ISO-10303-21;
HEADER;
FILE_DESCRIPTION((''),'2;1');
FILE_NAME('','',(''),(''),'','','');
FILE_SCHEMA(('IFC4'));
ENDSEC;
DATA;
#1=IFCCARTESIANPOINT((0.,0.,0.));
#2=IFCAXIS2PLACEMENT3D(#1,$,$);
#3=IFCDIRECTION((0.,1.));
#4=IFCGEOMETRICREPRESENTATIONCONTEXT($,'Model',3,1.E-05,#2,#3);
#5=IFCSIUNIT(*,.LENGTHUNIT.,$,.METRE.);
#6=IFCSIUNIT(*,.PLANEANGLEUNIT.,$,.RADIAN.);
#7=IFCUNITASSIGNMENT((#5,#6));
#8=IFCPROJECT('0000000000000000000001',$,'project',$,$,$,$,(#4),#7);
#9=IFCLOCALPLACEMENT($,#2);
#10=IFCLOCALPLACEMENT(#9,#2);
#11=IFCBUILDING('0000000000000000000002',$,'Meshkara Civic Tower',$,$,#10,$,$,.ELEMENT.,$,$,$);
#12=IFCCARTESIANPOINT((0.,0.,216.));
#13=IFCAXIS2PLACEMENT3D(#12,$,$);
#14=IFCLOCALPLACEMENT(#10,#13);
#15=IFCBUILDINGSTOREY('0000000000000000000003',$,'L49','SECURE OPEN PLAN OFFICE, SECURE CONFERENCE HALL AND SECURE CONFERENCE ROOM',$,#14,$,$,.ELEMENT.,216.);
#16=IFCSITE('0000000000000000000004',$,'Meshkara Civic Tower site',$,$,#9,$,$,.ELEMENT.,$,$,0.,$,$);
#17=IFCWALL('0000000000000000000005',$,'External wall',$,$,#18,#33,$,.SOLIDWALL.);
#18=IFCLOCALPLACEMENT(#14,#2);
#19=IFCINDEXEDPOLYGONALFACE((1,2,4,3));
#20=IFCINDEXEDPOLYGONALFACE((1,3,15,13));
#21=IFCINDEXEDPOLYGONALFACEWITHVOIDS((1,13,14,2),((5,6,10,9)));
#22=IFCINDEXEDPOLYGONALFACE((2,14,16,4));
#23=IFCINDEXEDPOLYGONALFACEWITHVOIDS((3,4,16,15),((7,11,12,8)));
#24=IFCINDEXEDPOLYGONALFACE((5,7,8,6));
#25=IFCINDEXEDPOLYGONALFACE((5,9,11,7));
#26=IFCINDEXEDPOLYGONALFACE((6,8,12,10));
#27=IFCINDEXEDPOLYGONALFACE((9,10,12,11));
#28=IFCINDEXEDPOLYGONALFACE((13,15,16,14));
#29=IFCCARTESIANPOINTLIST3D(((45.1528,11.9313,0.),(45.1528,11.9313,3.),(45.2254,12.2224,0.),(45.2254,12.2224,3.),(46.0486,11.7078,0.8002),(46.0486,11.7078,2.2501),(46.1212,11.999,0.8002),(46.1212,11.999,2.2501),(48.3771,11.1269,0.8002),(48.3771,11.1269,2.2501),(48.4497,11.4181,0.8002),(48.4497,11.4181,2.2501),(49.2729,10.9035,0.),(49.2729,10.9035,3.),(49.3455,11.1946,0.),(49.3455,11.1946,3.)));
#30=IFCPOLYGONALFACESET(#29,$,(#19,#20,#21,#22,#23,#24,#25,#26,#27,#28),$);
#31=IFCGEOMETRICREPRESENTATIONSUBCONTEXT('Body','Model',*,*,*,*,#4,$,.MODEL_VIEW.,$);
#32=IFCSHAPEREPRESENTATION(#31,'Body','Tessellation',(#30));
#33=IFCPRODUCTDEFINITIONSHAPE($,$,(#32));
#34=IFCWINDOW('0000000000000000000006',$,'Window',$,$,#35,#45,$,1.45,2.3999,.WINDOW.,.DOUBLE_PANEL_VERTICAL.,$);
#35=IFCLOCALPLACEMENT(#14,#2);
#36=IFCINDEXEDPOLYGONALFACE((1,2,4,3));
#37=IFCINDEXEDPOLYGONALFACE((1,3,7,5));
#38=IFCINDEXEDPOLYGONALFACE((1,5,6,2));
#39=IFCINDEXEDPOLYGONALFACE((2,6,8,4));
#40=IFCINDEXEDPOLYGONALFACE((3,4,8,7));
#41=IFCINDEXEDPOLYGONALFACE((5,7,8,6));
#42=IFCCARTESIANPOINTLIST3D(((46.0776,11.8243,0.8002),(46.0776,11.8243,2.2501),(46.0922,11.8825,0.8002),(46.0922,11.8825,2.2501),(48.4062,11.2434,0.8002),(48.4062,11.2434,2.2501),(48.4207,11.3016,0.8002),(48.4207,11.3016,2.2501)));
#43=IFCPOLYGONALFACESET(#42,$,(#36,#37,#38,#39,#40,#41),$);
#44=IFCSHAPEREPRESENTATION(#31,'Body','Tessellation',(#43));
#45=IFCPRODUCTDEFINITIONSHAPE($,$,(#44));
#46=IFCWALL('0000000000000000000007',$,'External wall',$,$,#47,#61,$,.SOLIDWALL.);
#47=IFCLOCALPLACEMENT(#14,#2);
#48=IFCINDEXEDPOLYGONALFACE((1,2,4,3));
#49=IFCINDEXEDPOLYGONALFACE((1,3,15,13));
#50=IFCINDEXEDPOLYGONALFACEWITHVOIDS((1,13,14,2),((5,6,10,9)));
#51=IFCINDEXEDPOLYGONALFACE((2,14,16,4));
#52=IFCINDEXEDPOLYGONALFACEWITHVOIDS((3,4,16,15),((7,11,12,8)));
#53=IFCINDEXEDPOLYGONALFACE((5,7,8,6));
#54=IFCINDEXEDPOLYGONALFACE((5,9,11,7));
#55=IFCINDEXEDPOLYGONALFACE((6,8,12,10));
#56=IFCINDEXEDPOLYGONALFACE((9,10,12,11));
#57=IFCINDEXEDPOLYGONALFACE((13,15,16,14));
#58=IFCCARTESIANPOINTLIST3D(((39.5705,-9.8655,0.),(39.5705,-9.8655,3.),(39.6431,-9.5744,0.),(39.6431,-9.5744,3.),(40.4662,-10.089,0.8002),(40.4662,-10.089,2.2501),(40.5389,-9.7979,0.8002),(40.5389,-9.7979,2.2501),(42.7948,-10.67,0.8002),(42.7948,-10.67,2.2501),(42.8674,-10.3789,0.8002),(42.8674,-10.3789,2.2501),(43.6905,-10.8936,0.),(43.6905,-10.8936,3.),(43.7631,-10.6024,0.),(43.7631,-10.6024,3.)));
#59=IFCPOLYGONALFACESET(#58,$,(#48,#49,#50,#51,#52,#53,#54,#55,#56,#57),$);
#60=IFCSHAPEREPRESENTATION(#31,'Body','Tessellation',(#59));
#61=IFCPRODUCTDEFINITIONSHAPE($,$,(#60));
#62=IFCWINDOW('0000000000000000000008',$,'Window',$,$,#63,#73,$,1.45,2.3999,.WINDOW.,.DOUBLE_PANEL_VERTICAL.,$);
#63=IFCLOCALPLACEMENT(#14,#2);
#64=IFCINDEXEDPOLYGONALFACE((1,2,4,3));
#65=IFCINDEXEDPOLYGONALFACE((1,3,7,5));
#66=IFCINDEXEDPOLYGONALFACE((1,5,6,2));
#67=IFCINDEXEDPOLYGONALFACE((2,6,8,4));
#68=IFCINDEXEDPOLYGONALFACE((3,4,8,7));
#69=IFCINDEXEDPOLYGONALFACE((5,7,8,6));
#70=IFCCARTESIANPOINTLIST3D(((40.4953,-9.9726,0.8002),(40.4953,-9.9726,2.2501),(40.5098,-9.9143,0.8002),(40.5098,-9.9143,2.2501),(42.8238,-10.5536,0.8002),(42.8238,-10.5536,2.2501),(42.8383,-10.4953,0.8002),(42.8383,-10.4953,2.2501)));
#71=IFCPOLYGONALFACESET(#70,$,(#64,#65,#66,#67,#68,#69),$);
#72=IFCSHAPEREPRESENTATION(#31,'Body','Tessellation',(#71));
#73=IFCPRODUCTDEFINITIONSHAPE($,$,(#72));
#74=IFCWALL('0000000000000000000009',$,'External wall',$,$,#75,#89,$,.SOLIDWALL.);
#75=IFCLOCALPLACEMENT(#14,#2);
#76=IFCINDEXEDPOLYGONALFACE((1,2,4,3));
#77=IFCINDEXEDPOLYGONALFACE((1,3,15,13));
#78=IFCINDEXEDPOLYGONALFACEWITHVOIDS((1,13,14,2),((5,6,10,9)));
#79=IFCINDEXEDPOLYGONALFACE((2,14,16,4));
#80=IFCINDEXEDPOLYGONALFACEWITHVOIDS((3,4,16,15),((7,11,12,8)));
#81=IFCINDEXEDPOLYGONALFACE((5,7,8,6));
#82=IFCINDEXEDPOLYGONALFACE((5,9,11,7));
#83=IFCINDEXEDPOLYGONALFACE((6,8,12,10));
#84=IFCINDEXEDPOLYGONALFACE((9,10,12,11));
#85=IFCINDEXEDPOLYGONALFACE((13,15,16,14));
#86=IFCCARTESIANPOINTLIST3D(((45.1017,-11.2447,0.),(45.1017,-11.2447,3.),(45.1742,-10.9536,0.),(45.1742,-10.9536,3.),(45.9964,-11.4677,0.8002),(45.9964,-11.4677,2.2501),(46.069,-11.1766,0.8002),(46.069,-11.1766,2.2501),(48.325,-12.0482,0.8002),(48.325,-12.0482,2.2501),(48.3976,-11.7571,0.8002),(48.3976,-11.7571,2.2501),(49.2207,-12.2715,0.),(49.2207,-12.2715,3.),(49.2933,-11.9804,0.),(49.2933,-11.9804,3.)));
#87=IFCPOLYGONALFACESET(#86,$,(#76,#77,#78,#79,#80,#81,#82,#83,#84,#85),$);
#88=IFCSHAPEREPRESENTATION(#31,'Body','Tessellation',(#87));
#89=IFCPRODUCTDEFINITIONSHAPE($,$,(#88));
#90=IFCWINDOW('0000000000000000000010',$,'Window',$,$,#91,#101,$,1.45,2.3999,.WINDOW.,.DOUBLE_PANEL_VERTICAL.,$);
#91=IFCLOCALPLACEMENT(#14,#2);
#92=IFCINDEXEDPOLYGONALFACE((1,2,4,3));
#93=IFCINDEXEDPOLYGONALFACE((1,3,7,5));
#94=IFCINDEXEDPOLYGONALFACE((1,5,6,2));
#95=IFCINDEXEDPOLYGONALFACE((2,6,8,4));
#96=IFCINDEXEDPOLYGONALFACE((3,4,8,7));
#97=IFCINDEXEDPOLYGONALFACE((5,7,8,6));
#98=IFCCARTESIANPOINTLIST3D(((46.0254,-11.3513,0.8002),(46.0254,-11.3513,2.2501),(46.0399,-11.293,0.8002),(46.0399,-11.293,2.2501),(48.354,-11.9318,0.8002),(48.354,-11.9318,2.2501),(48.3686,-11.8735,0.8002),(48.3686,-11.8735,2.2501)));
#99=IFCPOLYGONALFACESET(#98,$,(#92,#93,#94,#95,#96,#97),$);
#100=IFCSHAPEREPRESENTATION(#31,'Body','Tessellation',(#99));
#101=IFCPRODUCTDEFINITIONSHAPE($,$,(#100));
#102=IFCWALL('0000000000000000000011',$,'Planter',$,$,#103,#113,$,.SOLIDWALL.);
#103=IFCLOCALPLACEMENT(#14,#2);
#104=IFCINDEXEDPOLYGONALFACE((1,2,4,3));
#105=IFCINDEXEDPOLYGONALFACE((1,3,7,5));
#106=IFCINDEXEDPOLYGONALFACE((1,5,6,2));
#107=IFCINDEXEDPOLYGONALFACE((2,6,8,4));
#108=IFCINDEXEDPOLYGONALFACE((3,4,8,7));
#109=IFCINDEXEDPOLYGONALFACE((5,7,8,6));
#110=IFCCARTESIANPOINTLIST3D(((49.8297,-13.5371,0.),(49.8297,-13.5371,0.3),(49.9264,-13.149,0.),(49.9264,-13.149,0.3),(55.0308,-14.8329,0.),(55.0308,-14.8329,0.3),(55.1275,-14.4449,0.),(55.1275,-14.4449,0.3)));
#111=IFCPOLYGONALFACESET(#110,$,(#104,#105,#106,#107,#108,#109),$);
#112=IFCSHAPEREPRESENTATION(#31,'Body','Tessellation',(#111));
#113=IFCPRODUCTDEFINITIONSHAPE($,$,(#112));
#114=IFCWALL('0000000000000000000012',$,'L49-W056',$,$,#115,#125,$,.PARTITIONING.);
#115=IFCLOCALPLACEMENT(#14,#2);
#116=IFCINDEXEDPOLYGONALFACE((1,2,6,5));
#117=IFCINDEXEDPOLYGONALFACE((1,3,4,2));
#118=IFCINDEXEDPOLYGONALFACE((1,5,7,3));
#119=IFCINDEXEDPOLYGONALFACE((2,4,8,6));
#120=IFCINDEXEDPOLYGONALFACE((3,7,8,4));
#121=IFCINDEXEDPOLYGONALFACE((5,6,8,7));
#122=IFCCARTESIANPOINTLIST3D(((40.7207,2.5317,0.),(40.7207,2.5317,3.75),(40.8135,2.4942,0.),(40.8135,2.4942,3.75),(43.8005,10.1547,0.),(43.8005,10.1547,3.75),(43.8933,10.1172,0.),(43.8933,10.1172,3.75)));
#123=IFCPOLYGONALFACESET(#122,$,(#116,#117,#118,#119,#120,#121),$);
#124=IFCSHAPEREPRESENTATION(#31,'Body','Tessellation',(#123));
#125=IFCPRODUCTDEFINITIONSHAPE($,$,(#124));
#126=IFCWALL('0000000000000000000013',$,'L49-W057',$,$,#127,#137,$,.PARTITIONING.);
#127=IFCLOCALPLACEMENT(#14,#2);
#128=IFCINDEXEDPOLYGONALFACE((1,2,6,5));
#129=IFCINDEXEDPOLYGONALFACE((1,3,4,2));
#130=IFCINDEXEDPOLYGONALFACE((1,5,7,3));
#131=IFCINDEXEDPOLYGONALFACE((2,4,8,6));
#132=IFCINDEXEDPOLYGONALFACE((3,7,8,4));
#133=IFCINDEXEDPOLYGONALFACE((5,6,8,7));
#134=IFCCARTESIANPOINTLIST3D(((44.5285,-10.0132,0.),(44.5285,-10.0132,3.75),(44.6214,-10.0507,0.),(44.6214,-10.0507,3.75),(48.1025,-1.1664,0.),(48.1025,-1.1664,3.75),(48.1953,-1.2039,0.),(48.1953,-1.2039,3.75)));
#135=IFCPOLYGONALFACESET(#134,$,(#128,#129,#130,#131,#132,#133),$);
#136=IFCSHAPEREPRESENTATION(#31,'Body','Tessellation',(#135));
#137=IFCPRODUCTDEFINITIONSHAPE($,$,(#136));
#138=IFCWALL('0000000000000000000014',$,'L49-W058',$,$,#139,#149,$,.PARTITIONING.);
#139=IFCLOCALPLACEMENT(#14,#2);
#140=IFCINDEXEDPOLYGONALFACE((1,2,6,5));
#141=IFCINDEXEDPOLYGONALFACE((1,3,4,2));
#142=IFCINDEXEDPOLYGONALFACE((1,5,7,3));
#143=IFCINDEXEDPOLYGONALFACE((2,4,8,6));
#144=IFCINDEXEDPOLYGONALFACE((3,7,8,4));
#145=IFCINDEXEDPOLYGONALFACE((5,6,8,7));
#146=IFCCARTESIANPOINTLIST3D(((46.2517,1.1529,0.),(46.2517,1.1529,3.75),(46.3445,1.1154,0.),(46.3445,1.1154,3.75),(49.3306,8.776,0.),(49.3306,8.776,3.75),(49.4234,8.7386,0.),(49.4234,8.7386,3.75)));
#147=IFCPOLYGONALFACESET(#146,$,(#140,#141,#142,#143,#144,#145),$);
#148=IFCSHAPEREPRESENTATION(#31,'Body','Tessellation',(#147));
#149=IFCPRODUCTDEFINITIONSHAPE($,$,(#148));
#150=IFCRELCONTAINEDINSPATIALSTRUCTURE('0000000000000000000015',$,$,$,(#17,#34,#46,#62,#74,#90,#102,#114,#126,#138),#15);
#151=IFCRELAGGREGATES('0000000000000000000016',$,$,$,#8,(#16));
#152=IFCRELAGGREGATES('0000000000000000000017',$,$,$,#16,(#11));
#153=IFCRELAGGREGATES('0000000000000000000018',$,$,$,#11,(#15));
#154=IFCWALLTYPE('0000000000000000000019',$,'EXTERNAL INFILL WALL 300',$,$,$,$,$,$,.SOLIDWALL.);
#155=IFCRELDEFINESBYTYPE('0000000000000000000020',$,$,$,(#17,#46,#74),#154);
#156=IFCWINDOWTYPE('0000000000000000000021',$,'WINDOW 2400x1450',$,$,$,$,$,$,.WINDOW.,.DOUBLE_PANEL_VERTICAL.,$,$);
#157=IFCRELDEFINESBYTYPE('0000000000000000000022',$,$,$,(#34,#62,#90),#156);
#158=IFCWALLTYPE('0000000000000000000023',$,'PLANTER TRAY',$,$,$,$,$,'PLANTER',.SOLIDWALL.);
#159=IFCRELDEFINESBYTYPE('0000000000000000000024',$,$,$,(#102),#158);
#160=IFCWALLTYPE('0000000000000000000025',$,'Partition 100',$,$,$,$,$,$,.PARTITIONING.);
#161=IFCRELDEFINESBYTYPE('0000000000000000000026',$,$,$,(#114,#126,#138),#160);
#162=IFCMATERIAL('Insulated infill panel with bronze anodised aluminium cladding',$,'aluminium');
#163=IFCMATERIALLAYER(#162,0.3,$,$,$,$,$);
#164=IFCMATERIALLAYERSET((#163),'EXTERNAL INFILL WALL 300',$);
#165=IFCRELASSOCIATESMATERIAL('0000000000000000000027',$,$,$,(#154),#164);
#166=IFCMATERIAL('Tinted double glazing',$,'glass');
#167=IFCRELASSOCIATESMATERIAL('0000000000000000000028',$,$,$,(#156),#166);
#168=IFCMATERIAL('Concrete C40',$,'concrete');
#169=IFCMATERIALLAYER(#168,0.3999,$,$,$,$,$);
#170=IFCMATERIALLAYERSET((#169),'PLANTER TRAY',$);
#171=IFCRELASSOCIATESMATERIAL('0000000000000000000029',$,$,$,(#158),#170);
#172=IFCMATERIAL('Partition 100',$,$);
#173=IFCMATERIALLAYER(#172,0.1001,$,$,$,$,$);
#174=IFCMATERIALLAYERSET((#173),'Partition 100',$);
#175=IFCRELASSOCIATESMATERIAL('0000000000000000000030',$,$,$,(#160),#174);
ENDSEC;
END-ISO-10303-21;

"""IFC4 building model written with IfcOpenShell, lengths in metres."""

from ifc_helpers import new_model, si_unit, direction, frame, frame_2d, origin, place, context, subcontext, project, spatial, rectangle, extrude, material, layer, layer_set, type_object, element, fill, save


model = new_model("IFC4")

# Units and contexts
model_context = context("Model", 3, precision=1e-05, world=origin(), true_north=direction((0.0, 1.0)))
body_context = subcontext(model_context, "Body", "Model", "MODEL_VIEW")
ifc_project = project(units=[si_unit("LENGTHUNIT", "METRE"), si_unit("PLANEANGLEUNIT", "RADIAN")], contexts=[model_context])

# Site, building, storey
site_placement = place(None, origin())
site = spatial("IfcSite", under=ifc_project, at=site_placement, Name="Meshkara Civic Tower site", CompositionType="ELEMENT", RefElevation=0.0)
building_placement = place(site_placement, origin())
building = spatial("IfcBuilding", under=site, at=building_placement, Name="Meshkara Civic Tower", CompositionType="ELEMENT")
storey_placement = place(building_placement, frame((0.0, 0.0, 216.0)))
storey = spatial("IfcBuildingStorey", under=building, at=storey_placement, Name="L49", Description="SECURE OPEN PLAN OFFICE, SECURE CONFERENCE HALL AND SECURE CONFERENCE ROOM", CompositionType="ELEMENT", Elevation=216.0)

# Walls, openings, windows
ifc_material_1 = material(Name="Insulated infill panel with bronze anodised aluminium cladding", Category="aluminium")
ifc_layer_1 = layer(ifc_material_1, 0.3)
ifc_layer_set_1 = layer_set([ifc_layer_1], Name="EXTERNAL INFILL WALL 300")
wall_type_1 = type_object("IfcWallType", Name="EXTERNAL INFILL WALL 300", PredefinedType="SOLIDWALL", material=ifc_layer_set_1)
wall_1_placement = place(storey_placement, frame((49.3091, 11.0491, 0.0), z_axis=(0.0, 0.0, 1.0), x_axis=(-0.970264, 0.242049, 0.0)))
wall_1 = element("IfcWall", 1, at=wall_1_placement, inside=storey, type_object=wall_type_1, Name="External wall", PredefinedType="SOLIDWALL", context=body_context, shape_type="SweptSolid", body=[
    extrude(rectangle(XDim=4.2463, YDim=0.3, at=frame_2d((2.123, 0.0))), origin(), (0.0, 0.0, 1.0), 3.0),
])
opening_1_placement = place(wall_1_placement, frame((0.9231, 0.0, 0.8)))
opening_1 = element("IfcOpeningElement", 2, at=opening_1_placement, cuts=wall_1, PredefinedType="OPENING", context=body_context, shape_type="SweptSolid", body=[
    extrude(rectangle(XDim=2.3999, YDim=1.45, at=frame_2d((1.2, 0.7251))), frame((0.0, 0.1599, 0.0), z_axis=(0.0, -1.0, 0.0), x_axis=(1.0, 0.0, 0.0)), (0.0, 0.0, 1.0), 0.3201),
])
ifc_material_2 = material(Name="Tinted double glazing", Category="glass")
window_type = type_object("IfcWindowType", Name="WINDOW 2400x1450", PartitioningType="DOUBLE_PANEL_VERTICAL", PredefinedType="WINDOW", material=ifc_material_2)
window_1_placement = place(opening_1_placement, origin())
window_1 = element("IfcWindow", 3, at=window_1_placement, inside=storey, type_object=window_type, Name="Window", OverallHeight=1.45, OverallWidth=2.3999, PartitioningType="DOUBLE_PANEL_VERTICAL", PredefinedType="WINDOW", context=body_context, shape_type="SweptSolid", body=[
    extrude(rectangle(XDim=2.3999, YDim=1.45, at=frame_2d((1.2, 0.7251))), frame((0.0, 0.03, 0.0), z_axis=(0.0, -1.0, 0.0), x_axis=(1.0, 0.0, 0.0)), (0.0, 0.0, 1.0), 0.0601),
])
fill(opening_1, window_1)
wall_2_placement = place(storey_placement, frame((39.6069, -9.72, 0.0), z_axis=(0.0, 0.0, 1.0), x_axis=(0.970251, -0.242103, 0.0)))
wall_2 = element("IfcWall", 4, at=wall_2_placement, inside=storey, type_object=wall_type_1, Name="External wall", PredefinedType="SOLIDWALL", context=body_context, shape_type="SweptSolid", body=[
    extrude(rectangle(XDim=4.2463, YDim=0.3, at=frame_2d((2.123, 0.0))), origin(), (0.0, 0.0, 1.0), 3.0),
])
opening_2_placement = place(wall_2_placement, frame((0.9231, 0.0, 0.8)))
opening_2 = element("IfcOpeningElement", 5, at=opening_2_placement, cuts=wall_2, PredefinedType="OPENING", context=body_context, shape_type="SweptSolid", body=[
    extrude(rectangle(XDim=2.3999, YDim=1.45, at=frame_2d((1.2, 0.7251))), frame((0.0, 0.1599, 0.0), z_axis=(0.0, -1.0, 0.0), x_axis=(1.0, 0.0, 0.0)), (0.0, 0.0, 1.0), 0.3201),
])
window_2_placement = place(opening_2_placement, origin())
window_2 = element("IfcWindow", 6, at=window_2_placement, inside=storey, type_object=window_type, Name="Window", OverallHeight=1.45, OverallWidth=2.3999, PartitioningType="DOUBLE_PANEL_VERTICAL", PredefinedType="WINDOW", context=body_context, shape_type="SweptSolid", body=[
    extrude(rectangle(XDim=2.3999, YDim=1.45, at=frame_2d((1.2, 0.7251))), frame((0.0, 0.03, 0.0), z_axis=(0.0, -1.0, 0.0), x_axis=(1.0, 0.0, 0.0)), (0.0, 0.0, 1.0), 0.0601),
])
fill(opening_2, window_2)
wall_3_placement = place(storey_placement, frame((45.1379, -11.0991, 0.0), z_axis=(0.0, 0.0, 1.0), x_axis=(0.970305, -0.241886, 0.0)))
wall_3 = element("IfcWall", 7, at=wall_3_placement, inside=storey, type_object=wall_type_1, Name="External wall", PredefinedType="SOLIDWALL", context=body_context, shape_type="SweptSolid", body=[
    extrude(rectangle(XDim=4.2451, YDim=0.3, at=frame_2d((2.1226, 0.0))), origin(), (0.0, 0.0, 1.0), 3.0),
])
opening_3_placement = place(wall_3_placement, frame((0.9221, 0.0, 0.8)))
opening_3 = element("IfcOpeningElement", 8, at=opening_3_placement, cuts=wall_3, PredefinedType="OPENING", context=body_context, shape_type="SweptSolid", body=[
    extrude(rectangle(XDim=2.3999, YDim=1.45, at=frame_2d((1.2, 0.7251))), frame((0.0, 0.1599, 0.0), z_axis=(0.0, -1.0, 0.0), x_axis=(1.0, 0.0, 0.0)), (0.0, 0.0, 1.0), 0.3201),
])
window_3_placement = place(opening_3_placement, origin())
window_3 = element("IfcWindow", 9, at=window_3_placement, inside=storey, type_object=window_type, Name="Window", OverallHeight=1.45, OverallWidth=2.3999, PartitioningType="DOUBLE_PANEL_VERTICAL", PredefinedType="WINDOW", context=body_context, shape_type="SweptSolid", body=[
    extrude(rectangle(XDim=2.3999, YDim=1.45, at=frame_2d((1.2, 0.7251))), frame((0.0, 0.03, 0.0), z_axis=(0.0, -1.0, 0.0), x_axis=(1.0, 0.0, 0.0)), (0.0, 0.0, 1.0), 0.0601),
])
fill(opening_3, window_3)

# Walls
ifc_material_3 = material(Name="Concrete C40", Category="concrete")
ifc_layer_2 = layer(ifc_material_3, 0.3999)
ifc_layer_set_2 = layer_set([ifc_layer_2], Name="PLANTER TRAY")
wall_type_2 = type_object("IfcWallType", Name="PLANTER TRAY", ElementType="PLANTER", PredefinedType="SOLIDWALL", material=ifc_layer_set_2)
wall_4_placement = place(storey_placement, frame((49.8779, -13.343, 0.0), z_axis=(0.0, 0.0, 1.0), x_axis=(0.970335, -0.241764, 0.0)))
element("IfcWall", 10, at=wall_4_placement, inside=storey, type_object=wall_type_2, Name="Planter", PredefinedType="SOLIDWALL", context=body_context, shape_type="SweptSolid", body=[
    extrude(rectangle(XDim=5.3601, YDim=0.3999, at=frame_2d((2.6802, 0.0))), origin(), (0.0, 0.0, 1.0), 0.3),
])
ifc_material_4 = material(Name="Partition 100")
ifc_layer_3 = layer(ifc_material_4, 0.1001)
ifc_layer_set_3 = layer_set([ifc_layer_3], Name="Partition 100")
wall_type_3 = type_object("IfcWallType", Name="Partition 100", PredefinedType="PARTITIONING", material=ifc_layer_set_3)
wall_5_placement = place(storey_placement, frame((40.7671, 2.5129, 0.0), z_axis=(0.0, 0.0, 1.0), x_axis=(0.374599, 0.927187, 0.0)))
element("IfcWall", 11, at=wall_5_placement, inside=storey, type_object=wall_type_3, Name="L49-W056", PredefinedType="PARTITIONING", context=body_context, shape_type="SweptSolid", body=[
    extrude(rectangle(XDim=8.2217, YDim=0.1001, at=frame_2d((4.1108, 0.0))), origin(), (0.0, 0.0, 1.0), 3.75),
])
wall_6_placement = place(storey_placement, frame((44.575, -10.032, 0.0), z_axis=(0.0, 0.0, 1.0), x_axis=(0.374569, 0.927199, 0.0)))
element("IfcWall", 12, at=wall_6_placement, inside=storey, type_object=wall_type_3, Name="L49-W057", PredefinedType="PARTITIONING", context=body_context, shape_type="SweptSolid", body=[
    extrude(rectangle(XDim=9.5415, YDim=0.1001, at=frame_2d((4.7708, 0.0))), origin(), (0.0, 0.0, 1.0), 3.75),
])
wall_7_placement = place(storey_placement, frame((46.2981, 1.134, 0.0), z_axis=(0.0, 0.0, 1.0), x_axis=(0.374496, 0.927228, 0.0)))
element("IfcWall", 13, at=wall_7_placement, inside=storey, type_object=wall_type_3, Name="L49-W058", PredefinedType="PARTITIONING", context=body_context, shape_type="SweptSolid", body=[
    extrude(rectangle(XDim=8.2214, YDim=0.1001, at=frame_2d((4.1108, 0.0))), origin(), (0.0, 0.0, 1.0), 3.75),
])

save(model, "model.ifc")
